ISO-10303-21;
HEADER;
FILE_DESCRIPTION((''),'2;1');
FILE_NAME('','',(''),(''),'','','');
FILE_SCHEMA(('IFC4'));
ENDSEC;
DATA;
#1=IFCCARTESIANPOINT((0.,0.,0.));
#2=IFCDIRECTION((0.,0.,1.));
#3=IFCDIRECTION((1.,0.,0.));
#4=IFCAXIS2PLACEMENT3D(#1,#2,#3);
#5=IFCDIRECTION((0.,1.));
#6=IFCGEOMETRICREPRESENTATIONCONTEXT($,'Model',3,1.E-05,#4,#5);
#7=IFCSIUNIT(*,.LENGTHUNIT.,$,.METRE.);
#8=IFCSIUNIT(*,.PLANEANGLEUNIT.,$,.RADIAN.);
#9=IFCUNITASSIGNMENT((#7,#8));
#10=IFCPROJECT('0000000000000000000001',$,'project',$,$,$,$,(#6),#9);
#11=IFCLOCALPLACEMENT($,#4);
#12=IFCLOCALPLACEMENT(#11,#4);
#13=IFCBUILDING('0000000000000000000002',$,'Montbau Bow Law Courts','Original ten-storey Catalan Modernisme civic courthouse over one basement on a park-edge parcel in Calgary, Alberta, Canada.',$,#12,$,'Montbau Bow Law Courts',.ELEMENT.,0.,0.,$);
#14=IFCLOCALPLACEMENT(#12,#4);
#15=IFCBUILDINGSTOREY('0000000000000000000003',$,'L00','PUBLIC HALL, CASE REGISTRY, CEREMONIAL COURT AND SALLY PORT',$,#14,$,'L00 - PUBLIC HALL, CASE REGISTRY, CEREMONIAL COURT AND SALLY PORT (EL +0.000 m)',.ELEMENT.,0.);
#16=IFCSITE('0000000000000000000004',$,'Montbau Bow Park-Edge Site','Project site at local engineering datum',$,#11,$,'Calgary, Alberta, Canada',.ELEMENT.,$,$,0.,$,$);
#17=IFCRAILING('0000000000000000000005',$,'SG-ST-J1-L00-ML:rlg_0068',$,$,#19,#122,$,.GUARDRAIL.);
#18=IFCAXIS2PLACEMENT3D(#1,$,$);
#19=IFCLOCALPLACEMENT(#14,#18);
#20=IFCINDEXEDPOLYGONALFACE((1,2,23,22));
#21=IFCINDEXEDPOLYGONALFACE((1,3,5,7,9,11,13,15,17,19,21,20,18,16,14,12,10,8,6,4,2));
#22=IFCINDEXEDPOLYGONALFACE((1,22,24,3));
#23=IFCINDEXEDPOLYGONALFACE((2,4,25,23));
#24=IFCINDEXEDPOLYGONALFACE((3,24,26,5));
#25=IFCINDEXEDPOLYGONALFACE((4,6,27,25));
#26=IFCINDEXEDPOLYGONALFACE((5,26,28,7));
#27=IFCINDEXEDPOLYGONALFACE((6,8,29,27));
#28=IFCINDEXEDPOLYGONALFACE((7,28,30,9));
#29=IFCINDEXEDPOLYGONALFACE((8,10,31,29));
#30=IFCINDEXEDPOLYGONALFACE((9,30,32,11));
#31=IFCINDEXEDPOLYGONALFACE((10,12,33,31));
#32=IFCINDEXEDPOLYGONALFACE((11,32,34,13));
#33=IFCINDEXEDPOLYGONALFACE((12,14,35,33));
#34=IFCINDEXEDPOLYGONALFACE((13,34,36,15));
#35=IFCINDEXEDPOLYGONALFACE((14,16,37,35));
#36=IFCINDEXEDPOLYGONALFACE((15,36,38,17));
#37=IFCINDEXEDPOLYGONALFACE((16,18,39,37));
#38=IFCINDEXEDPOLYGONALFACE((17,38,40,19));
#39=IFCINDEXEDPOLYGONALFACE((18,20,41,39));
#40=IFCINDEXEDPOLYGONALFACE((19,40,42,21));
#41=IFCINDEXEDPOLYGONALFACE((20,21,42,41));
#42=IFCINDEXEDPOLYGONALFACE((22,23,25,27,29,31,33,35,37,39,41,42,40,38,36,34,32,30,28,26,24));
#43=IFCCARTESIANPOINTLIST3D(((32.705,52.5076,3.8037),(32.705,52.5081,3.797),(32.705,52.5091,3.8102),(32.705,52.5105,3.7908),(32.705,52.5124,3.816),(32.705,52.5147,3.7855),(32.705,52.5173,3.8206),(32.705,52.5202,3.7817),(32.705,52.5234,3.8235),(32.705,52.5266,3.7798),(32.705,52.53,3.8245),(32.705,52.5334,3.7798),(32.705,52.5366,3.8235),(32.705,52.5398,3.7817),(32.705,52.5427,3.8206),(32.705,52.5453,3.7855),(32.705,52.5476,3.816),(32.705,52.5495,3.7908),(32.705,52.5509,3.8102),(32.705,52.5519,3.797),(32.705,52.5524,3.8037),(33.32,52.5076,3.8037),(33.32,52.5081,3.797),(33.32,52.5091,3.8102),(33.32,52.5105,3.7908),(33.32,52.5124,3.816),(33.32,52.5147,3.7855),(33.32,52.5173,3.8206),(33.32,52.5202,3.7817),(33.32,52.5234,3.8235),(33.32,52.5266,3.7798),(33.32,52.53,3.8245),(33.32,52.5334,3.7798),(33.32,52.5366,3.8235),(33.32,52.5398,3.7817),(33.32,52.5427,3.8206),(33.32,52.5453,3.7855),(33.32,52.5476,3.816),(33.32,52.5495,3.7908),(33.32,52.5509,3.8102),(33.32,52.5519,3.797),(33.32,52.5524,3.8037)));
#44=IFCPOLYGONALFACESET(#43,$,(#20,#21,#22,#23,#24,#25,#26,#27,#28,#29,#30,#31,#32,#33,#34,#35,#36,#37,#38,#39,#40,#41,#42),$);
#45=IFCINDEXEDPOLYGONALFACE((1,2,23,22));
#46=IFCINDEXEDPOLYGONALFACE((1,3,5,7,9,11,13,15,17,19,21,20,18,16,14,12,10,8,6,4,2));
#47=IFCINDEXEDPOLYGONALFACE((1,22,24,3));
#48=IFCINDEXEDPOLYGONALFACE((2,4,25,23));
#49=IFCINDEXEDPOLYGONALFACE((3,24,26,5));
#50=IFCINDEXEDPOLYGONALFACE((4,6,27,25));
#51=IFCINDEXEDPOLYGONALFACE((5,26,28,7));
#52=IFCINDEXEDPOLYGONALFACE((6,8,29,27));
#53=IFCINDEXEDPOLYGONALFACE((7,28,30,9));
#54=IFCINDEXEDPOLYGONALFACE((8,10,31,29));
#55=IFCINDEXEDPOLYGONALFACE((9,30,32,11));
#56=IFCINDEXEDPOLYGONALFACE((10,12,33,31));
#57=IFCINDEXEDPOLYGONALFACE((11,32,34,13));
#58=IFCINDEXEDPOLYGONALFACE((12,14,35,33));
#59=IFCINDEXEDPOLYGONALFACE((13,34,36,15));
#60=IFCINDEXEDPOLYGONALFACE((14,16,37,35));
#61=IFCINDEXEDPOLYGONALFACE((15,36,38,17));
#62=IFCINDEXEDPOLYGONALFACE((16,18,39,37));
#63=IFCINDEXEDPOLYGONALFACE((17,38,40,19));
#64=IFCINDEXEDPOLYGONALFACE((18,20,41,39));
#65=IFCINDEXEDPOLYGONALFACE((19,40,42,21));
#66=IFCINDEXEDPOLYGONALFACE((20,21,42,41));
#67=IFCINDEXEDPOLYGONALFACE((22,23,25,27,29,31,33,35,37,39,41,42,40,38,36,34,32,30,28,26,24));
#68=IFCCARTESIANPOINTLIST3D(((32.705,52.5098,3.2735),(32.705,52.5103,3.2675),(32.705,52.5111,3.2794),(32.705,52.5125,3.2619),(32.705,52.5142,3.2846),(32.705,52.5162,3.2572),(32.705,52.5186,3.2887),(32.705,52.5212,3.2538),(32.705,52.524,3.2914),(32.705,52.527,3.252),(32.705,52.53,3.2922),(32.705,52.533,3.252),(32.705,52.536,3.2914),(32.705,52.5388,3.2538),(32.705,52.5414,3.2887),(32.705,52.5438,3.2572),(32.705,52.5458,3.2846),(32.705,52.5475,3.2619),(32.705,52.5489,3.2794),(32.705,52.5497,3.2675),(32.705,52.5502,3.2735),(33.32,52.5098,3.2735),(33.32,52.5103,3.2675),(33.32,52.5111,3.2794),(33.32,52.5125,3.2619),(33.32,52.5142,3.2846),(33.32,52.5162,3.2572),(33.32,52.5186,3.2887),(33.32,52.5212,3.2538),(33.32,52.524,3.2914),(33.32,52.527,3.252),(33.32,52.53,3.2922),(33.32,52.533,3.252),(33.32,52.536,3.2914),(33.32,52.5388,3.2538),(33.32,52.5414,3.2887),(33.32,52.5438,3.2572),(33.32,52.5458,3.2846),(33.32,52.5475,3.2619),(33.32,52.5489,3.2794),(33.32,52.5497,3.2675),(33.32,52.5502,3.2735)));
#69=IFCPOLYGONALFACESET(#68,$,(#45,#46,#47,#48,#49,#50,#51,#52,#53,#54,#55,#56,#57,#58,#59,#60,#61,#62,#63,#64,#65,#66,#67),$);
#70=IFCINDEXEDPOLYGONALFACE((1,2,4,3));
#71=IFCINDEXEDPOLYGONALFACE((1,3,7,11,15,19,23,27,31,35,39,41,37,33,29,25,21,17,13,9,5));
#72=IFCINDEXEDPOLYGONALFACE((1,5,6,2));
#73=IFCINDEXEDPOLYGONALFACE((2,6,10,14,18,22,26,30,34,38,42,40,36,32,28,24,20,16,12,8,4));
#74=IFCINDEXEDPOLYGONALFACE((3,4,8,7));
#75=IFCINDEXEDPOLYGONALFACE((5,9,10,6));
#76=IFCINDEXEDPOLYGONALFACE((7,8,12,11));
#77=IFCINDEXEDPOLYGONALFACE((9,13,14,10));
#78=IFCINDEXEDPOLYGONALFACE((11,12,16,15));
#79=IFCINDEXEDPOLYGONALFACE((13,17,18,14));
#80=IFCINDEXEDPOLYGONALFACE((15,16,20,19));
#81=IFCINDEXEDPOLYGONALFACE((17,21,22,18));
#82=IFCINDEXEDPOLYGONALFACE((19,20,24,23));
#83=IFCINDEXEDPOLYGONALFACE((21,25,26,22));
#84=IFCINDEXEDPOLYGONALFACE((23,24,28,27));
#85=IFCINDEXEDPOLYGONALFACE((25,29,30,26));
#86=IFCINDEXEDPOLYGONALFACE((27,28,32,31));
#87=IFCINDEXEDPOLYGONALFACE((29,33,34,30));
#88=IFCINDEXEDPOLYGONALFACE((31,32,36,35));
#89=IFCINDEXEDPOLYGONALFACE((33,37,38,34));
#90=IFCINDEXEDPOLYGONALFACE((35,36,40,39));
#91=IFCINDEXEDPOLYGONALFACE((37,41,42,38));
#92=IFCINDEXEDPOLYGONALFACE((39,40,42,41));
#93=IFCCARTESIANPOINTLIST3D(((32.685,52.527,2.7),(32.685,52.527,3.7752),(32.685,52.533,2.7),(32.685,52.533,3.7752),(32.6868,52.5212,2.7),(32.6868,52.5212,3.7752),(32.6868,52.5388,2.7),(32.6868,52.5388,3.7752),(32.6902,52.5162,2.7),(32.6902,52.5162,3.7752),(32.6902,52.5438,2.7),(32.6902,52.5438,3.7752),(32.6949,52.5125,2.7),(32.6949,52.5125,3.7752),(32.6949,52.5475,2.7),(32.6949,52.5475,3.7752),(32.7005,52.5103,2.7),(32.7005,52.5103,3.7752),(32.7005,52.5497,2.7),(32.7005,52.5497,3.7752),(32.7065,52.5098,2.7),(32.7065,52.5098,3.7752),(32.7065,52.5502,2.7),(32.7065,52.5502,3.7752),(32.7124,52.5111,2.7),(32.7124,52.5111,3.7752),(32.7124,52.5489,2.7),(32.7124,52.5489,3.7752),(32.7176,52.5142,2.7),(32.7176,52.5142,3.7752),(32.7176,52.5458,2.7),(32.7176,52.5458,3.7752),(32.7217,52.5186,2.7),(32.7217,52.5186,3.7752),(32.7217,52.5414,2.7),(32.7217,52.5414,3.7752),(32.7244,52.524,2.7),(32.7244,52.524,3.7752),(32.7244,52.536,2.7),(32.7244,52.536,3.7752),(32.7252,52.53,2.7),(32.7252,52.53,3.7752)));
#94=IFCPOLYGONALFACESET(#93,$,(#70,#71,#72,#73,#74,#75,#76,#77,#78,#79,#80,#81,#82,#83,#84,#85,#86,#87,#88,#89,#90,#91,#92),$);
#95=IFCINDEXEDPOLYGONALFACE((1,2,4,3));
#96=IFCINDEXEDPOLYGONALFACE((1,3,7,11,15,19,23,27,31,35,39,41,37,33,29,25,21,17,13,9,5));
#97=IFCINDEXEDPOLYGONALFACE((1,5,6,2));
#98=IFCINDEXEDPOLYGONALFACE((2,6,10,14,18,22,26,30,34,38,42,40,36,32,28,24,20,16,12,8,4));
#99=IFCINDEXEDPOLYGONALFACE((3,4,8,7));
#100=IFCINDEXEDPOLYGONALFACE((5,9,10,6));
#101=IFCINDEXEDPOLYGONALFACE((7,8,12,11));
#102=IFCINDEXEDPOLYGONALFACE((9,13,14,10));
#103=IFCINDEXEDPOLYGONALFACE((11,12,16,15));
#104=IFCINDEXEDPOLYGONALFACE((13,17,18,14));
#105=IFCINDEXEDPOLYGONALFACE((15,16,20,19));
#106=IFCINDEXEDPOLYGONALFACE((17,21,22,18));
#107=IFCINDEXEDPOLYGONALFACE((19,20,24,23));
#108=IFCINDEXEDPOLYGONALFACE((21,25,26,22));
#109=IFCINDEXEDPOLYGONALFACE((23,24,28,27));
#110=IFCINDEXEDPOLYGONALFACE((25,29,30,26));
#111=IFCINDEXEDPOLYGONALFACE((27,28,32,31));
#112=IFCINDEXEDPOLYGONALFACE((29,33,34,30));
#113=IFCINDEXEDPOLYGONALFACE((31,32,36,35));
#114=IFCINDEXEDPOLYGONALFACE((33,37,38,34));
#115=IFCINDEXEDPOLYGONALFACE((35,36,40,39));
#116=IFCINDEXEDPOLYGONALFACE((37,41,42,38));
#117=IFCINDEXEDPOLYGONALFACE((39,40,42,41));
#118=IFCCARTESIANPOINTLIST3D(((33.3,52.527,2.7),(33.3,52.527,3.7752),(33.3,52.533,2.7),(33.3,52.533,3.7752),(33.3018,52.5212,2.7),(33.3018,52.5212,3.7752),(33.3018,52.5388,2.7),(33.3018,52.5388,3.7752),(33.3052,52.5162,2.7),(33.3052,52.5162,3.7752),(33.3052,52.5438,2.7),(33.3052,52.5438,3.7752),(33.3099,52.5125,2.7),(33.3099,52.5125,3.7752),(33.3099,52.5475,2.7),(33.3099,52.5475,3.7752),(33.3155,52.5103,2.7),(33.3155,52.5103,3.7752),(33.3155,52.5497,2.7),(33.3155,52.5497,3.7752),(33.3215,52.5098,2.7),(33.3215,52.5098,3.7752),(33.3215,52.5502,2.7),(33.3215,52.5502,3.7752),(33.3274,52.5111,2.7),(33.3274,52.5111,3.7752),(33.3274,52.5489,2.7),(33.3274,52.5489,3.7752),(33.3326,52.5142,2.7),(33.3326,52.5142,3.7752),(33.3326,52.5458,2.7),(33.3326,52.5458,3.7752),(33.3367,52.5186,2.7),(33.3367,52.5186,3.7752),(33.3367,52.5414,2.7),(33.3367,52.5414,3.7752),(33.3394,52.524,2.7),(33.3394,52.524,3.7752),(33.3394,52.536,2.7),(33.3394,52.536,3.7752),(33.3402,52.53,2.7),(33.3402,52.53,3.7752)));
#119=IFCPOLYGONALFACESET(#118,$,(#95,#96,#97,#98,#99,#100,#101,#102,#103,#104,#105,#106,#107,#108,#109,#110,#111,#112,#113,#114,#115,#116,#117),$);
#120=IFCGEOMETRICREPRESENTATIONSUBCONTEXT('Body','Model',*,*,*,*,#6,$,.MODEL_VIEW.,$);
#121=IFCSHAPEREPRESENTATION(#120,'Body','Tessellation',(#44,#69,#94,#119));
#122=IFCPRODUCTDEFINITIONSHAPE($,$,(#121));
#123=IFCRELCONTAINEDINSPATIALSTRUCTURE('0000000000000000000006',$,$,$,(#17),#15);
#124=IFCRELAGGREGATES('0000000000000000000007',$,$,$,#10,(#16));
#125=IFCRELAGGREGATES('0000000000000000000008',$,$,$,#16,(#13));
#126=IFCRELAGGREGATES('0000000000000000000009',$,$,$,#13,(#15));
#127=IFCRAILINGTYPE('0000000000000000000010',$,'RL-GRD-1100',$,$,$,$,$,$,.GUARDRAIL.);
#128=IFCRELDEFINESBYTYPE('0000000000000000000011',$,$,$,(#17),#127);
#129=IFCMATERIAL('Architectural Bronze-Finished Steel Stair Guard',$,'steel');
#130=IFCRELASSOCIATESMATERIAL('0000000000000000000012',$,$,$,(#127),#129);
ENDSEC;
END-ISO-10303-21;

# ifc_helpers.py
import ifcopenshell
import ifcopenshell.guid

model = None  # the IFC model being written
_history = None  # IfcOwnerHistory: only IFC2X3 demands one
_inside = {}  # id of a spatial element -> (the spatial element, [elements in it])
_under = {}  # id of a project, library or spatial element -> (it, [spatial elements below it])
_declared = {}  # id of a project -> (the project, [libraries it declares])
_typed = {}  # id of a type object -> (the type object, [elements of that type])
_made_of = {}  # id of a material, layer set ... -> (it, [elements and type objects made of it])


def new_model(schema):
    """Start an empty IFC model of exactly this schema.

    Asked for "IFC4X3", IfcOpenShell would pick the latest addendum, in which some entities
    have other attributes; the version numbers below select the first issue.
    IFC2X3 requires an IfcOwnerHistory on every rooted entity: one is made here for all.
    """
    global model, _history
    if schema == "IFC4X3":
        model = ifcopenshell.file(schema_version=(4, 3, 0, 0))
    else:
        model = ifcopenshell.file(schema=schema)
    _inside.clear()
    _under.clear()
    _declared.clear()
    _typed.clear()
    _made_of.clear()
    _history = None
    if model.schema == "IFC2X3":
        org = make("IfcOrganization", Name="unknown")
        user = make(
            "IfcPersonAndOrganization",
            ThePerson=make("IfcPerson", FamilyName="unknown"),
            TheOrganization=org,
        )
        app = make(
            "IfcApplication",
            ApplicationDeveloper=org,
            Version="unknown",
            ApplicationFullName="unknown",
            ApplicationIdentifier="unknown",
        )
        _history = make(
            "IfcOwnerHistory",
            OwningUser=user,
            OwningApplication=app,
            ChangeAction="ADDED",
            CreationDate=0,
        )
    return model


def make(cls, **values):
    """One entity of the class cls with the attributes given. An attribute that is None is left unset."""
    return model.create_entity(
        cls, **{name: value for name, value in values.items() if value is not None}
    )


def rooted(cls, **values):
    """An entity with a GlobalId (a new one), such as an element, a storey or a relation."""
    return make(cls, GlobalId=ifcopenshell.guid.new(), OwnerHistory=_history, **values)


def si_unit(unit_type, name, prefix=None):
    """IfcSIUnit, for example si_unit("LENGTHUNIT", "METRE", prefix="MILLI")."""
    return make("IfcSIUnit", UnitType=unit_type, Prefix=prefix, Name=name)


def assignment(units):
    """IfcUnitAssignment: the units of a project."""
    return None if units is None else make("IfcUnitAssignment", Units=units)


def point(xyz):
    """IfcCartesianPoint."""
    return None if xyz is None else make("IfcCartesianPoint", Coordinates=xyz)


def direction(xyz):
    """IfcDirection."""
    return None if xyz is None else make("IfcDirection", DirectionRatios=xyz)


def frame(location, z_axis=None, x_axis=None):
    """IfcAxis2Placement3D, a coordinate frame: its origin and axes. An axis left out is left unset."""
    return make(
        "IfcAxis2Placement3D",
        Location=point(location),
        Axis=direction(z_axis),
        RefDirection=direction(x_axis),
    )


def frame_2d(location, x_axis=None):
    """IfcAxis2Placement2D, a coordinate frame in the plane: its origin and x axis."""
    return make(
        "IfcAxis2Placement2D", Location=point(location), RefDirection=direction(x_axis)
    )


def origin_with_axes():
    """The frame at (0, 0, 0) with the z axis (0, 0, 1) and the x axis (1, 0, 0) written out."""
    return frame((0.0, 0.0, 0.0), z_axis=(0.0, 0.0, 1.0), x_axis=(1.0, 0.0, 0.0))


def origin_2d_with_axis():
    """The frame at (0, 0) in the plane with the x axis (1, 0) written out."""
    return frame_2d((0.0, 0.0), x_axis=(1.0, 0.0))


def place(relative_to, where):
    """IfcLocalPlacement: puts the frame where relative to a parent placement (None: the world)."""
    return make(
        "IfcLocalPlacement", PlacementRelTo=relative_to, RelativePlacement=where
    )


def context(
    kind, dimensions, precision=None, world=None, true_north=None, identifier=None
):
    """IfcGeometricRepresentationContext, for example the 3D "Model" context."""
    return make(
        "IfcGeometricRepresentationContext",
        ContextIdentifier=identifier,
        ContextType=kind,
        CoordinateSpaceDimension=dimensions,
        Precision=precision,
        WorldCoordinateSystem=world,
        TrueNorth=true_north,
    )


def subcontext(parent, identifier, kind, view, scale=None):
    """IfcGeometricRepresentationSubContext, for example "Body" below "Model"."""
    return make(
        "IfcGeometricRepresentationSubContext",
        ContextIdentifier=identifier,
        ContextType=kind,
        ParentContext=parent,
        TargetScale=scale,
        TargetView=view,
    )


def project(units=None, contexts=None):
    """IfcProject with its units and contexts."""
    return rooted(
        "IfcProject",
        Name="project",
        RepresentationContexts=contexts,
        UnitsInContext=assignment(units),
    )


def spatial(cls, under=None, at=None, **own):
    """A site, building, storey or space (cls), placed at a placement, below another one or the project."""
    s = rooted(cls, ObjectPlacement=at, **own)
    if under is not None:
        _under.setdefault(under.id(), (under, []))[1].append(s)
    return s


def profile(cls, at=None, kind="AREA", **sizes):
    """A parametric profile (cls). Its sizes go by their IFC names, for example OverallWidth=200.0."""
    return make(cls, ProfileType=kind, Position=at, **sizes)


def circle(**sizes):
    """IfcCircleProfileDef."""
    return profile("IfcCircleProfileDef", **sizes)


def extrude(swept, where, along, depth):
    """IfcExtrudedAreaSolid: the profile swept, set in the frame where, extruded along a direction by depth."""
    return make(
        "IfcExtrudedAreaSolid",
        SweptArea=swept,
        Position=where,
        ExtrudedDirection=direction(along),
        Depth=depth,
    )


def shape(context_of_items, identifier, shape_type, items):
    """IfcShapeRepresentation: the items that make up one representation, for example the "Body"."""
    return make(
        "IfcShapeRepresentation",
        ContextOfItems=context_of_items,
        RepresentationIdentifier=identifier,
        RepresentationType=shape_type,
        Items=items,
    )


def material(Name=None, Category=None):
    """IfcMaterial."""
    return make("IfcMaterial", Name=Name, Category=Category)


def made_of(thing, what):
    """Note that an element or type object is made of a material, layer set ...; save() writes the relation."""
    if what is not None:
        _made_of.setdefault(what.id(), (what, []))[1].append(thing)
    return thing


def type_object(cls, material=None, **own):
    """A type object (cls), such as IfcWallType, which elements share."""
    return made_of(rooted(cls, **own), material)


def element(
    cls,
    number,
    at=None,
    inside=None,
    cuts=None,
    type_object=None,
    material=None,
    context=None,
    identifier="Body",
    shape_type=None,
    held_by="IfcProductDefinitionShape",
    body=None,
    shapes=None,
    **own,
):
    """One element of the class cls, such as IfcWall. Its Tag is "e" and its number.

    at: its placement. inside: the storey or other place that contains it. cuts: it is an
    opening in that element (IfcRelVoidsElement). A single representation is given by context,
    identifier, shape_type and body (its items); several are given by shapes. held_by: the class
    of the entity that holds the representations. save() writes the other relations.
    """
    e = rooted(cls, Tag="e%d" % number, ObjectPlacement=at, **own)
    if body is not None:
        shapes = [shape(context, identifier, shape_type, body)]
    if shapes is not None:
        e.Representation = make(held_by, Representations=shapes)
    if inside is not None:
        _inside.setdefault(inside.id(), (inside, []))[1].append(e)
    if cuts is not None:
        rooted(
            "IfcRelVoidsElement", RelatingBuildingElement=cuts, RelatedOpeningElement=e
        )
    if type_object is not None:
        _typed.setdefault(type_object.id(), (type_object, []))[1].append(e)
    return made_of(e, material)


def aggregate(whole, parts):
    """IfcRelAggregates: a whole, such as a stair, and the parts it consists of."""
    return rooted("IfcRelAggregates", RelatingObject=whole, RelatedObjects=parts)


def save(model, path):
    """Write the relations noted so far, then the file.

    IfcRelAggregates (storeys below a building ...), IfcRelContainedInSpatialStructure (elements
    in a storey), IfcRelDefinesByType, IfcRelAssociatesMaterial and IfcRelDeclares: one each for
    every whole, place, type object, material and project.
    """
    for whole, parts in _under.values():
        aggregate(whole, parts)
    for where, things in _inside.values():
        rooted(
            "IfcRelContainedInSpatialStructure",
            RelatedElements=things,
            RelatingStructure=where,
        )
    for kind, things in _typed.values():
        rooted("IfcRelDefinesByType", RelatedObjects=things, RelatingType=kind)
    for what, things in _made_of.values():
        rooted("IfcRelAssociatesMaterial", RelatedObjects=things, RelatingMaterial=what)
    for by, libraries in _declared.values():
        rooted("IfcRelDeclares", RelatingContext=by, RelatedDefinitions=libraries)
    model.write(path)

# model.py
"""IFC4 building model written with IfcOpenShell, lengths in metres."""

from ifc_helpers import new_model, si_unit, direction, frame, origin_with_axes, origin_2d_with_axis, place, context, subcontext, project, spatial, circle, extrude, material, type_object, element, save


model = new_model("IFC4")

# Units and contexts
model_context = context("Model", 3, precision=1e-05, world=origin_with_axes(), true_north=direction((0.0, 1.0)))
body_context = subcontext(model_context, "Body", "Model", "MODEL_VIEW")
ifc_project = project(units=[si_unit("LENGTHUNIT", "METRE"), si_unit("PLANEANGLEUNIT", "RADIAN")], contexts=[model_context])

# Site, building, storey
site_placement = place(None, origin_with_axes())
site = spatial("IfcSite", under=ifc_project, at=site_placement, Name="Montbau Bow Park-Edge Site", Description="Project site at local engineering datum", LongName="Calgary, Alberta, Canada", CompositionType="ELEMENT", RefElevation=0.0)
building_placement = place(site_placement, origin_with_axes())
building = spatial("IfcBuilding", under=site, at=building_placement, Name="Montbau Bow Law Courts", Description="Original ten-storey Catalan Modernisme civic courthouse over one basement on a park-edge parcel in Calgary, Alberta, Canada.", LongName="Montbau Bow Law Courts", CompositionType="ELEMENT", ElevationOfRefHeight=0.0, ElevationOfTerrain=0.0)
storey_placement = place(building_placement, origin_with_axes())
storey = spatial("IfcBuildingStorey", under=building, at=storey_placement, Name="L00", Description="PUBLIC HALL, CASE REGISTRY, CEREMONIAL COURT AND SALLY PORT", LongName="L00 - PUBLIC HALL, CASE REGISTRY, CEREMONIAL COURT AND SALLY PORT (EL +0.000 m)", CompositionType="ELEMENT", Elevation=0.0)

# Railing
ifc_material_1 = material(Name="Architectural Bronze-Finished Steel Stair Guard", Category="steel")
railing_type_1 = type_object("IfcRailingType", Name="RL-GRD-1100", PredefinedType="GUARDRAIL", material=ifc_material_1)
railing_1_placement = place(None, origin_with_axes())
element("IfcRailing", 1, at=railing_1_placement, inside=storey, type_object=railing_type_1, Name="SG-ST-J1-L00-ML:rlg_0068", PredefinedType="GUARDRAIL", context=body_context, shape_type="SweptSolid", body=[
    extrude(circle(Radius=0.0225, at=origin_2d_with_axis()), frame((32.705, 52.53, 3.802), z_axis=(1.0, 0.0, 0.0), x_axis=(0.0, 0.0, 1.0)), (0.0, 0.0, 1.0), 0.615),
    extrude(circle(Radius=0.0203, at=origin_2d_with_axis()), frame((32.705, 52.53, 3.272), z_axis=(1.0, 0.0, 0.0), x_axis=(0.0, 0.0, 1.0)), (0.0, 0.0, 1.0), 0.615),
    extrude(circle(Radius=0.0203, at=origin_2d_with_axis()), frame((32.705, 52.53, 2.7), z_axis=(0.0, 0.0, 1.0), x_axis=(1.0, 0.0, 0.0)), (0.0, 0.0, 1.0), 1.0753),
    extrude(circle(Radius=0.0203, at=origin_2d_with_axis()), frame((33.32, 52.53, 2.7), z_axis=(0.0, 0.0, 1.0), x_axis=(1.0, 0.0, 0.0)), (0.0, 0.0, 1.0), 1.0753),
])

save(model, "model.ifc")
